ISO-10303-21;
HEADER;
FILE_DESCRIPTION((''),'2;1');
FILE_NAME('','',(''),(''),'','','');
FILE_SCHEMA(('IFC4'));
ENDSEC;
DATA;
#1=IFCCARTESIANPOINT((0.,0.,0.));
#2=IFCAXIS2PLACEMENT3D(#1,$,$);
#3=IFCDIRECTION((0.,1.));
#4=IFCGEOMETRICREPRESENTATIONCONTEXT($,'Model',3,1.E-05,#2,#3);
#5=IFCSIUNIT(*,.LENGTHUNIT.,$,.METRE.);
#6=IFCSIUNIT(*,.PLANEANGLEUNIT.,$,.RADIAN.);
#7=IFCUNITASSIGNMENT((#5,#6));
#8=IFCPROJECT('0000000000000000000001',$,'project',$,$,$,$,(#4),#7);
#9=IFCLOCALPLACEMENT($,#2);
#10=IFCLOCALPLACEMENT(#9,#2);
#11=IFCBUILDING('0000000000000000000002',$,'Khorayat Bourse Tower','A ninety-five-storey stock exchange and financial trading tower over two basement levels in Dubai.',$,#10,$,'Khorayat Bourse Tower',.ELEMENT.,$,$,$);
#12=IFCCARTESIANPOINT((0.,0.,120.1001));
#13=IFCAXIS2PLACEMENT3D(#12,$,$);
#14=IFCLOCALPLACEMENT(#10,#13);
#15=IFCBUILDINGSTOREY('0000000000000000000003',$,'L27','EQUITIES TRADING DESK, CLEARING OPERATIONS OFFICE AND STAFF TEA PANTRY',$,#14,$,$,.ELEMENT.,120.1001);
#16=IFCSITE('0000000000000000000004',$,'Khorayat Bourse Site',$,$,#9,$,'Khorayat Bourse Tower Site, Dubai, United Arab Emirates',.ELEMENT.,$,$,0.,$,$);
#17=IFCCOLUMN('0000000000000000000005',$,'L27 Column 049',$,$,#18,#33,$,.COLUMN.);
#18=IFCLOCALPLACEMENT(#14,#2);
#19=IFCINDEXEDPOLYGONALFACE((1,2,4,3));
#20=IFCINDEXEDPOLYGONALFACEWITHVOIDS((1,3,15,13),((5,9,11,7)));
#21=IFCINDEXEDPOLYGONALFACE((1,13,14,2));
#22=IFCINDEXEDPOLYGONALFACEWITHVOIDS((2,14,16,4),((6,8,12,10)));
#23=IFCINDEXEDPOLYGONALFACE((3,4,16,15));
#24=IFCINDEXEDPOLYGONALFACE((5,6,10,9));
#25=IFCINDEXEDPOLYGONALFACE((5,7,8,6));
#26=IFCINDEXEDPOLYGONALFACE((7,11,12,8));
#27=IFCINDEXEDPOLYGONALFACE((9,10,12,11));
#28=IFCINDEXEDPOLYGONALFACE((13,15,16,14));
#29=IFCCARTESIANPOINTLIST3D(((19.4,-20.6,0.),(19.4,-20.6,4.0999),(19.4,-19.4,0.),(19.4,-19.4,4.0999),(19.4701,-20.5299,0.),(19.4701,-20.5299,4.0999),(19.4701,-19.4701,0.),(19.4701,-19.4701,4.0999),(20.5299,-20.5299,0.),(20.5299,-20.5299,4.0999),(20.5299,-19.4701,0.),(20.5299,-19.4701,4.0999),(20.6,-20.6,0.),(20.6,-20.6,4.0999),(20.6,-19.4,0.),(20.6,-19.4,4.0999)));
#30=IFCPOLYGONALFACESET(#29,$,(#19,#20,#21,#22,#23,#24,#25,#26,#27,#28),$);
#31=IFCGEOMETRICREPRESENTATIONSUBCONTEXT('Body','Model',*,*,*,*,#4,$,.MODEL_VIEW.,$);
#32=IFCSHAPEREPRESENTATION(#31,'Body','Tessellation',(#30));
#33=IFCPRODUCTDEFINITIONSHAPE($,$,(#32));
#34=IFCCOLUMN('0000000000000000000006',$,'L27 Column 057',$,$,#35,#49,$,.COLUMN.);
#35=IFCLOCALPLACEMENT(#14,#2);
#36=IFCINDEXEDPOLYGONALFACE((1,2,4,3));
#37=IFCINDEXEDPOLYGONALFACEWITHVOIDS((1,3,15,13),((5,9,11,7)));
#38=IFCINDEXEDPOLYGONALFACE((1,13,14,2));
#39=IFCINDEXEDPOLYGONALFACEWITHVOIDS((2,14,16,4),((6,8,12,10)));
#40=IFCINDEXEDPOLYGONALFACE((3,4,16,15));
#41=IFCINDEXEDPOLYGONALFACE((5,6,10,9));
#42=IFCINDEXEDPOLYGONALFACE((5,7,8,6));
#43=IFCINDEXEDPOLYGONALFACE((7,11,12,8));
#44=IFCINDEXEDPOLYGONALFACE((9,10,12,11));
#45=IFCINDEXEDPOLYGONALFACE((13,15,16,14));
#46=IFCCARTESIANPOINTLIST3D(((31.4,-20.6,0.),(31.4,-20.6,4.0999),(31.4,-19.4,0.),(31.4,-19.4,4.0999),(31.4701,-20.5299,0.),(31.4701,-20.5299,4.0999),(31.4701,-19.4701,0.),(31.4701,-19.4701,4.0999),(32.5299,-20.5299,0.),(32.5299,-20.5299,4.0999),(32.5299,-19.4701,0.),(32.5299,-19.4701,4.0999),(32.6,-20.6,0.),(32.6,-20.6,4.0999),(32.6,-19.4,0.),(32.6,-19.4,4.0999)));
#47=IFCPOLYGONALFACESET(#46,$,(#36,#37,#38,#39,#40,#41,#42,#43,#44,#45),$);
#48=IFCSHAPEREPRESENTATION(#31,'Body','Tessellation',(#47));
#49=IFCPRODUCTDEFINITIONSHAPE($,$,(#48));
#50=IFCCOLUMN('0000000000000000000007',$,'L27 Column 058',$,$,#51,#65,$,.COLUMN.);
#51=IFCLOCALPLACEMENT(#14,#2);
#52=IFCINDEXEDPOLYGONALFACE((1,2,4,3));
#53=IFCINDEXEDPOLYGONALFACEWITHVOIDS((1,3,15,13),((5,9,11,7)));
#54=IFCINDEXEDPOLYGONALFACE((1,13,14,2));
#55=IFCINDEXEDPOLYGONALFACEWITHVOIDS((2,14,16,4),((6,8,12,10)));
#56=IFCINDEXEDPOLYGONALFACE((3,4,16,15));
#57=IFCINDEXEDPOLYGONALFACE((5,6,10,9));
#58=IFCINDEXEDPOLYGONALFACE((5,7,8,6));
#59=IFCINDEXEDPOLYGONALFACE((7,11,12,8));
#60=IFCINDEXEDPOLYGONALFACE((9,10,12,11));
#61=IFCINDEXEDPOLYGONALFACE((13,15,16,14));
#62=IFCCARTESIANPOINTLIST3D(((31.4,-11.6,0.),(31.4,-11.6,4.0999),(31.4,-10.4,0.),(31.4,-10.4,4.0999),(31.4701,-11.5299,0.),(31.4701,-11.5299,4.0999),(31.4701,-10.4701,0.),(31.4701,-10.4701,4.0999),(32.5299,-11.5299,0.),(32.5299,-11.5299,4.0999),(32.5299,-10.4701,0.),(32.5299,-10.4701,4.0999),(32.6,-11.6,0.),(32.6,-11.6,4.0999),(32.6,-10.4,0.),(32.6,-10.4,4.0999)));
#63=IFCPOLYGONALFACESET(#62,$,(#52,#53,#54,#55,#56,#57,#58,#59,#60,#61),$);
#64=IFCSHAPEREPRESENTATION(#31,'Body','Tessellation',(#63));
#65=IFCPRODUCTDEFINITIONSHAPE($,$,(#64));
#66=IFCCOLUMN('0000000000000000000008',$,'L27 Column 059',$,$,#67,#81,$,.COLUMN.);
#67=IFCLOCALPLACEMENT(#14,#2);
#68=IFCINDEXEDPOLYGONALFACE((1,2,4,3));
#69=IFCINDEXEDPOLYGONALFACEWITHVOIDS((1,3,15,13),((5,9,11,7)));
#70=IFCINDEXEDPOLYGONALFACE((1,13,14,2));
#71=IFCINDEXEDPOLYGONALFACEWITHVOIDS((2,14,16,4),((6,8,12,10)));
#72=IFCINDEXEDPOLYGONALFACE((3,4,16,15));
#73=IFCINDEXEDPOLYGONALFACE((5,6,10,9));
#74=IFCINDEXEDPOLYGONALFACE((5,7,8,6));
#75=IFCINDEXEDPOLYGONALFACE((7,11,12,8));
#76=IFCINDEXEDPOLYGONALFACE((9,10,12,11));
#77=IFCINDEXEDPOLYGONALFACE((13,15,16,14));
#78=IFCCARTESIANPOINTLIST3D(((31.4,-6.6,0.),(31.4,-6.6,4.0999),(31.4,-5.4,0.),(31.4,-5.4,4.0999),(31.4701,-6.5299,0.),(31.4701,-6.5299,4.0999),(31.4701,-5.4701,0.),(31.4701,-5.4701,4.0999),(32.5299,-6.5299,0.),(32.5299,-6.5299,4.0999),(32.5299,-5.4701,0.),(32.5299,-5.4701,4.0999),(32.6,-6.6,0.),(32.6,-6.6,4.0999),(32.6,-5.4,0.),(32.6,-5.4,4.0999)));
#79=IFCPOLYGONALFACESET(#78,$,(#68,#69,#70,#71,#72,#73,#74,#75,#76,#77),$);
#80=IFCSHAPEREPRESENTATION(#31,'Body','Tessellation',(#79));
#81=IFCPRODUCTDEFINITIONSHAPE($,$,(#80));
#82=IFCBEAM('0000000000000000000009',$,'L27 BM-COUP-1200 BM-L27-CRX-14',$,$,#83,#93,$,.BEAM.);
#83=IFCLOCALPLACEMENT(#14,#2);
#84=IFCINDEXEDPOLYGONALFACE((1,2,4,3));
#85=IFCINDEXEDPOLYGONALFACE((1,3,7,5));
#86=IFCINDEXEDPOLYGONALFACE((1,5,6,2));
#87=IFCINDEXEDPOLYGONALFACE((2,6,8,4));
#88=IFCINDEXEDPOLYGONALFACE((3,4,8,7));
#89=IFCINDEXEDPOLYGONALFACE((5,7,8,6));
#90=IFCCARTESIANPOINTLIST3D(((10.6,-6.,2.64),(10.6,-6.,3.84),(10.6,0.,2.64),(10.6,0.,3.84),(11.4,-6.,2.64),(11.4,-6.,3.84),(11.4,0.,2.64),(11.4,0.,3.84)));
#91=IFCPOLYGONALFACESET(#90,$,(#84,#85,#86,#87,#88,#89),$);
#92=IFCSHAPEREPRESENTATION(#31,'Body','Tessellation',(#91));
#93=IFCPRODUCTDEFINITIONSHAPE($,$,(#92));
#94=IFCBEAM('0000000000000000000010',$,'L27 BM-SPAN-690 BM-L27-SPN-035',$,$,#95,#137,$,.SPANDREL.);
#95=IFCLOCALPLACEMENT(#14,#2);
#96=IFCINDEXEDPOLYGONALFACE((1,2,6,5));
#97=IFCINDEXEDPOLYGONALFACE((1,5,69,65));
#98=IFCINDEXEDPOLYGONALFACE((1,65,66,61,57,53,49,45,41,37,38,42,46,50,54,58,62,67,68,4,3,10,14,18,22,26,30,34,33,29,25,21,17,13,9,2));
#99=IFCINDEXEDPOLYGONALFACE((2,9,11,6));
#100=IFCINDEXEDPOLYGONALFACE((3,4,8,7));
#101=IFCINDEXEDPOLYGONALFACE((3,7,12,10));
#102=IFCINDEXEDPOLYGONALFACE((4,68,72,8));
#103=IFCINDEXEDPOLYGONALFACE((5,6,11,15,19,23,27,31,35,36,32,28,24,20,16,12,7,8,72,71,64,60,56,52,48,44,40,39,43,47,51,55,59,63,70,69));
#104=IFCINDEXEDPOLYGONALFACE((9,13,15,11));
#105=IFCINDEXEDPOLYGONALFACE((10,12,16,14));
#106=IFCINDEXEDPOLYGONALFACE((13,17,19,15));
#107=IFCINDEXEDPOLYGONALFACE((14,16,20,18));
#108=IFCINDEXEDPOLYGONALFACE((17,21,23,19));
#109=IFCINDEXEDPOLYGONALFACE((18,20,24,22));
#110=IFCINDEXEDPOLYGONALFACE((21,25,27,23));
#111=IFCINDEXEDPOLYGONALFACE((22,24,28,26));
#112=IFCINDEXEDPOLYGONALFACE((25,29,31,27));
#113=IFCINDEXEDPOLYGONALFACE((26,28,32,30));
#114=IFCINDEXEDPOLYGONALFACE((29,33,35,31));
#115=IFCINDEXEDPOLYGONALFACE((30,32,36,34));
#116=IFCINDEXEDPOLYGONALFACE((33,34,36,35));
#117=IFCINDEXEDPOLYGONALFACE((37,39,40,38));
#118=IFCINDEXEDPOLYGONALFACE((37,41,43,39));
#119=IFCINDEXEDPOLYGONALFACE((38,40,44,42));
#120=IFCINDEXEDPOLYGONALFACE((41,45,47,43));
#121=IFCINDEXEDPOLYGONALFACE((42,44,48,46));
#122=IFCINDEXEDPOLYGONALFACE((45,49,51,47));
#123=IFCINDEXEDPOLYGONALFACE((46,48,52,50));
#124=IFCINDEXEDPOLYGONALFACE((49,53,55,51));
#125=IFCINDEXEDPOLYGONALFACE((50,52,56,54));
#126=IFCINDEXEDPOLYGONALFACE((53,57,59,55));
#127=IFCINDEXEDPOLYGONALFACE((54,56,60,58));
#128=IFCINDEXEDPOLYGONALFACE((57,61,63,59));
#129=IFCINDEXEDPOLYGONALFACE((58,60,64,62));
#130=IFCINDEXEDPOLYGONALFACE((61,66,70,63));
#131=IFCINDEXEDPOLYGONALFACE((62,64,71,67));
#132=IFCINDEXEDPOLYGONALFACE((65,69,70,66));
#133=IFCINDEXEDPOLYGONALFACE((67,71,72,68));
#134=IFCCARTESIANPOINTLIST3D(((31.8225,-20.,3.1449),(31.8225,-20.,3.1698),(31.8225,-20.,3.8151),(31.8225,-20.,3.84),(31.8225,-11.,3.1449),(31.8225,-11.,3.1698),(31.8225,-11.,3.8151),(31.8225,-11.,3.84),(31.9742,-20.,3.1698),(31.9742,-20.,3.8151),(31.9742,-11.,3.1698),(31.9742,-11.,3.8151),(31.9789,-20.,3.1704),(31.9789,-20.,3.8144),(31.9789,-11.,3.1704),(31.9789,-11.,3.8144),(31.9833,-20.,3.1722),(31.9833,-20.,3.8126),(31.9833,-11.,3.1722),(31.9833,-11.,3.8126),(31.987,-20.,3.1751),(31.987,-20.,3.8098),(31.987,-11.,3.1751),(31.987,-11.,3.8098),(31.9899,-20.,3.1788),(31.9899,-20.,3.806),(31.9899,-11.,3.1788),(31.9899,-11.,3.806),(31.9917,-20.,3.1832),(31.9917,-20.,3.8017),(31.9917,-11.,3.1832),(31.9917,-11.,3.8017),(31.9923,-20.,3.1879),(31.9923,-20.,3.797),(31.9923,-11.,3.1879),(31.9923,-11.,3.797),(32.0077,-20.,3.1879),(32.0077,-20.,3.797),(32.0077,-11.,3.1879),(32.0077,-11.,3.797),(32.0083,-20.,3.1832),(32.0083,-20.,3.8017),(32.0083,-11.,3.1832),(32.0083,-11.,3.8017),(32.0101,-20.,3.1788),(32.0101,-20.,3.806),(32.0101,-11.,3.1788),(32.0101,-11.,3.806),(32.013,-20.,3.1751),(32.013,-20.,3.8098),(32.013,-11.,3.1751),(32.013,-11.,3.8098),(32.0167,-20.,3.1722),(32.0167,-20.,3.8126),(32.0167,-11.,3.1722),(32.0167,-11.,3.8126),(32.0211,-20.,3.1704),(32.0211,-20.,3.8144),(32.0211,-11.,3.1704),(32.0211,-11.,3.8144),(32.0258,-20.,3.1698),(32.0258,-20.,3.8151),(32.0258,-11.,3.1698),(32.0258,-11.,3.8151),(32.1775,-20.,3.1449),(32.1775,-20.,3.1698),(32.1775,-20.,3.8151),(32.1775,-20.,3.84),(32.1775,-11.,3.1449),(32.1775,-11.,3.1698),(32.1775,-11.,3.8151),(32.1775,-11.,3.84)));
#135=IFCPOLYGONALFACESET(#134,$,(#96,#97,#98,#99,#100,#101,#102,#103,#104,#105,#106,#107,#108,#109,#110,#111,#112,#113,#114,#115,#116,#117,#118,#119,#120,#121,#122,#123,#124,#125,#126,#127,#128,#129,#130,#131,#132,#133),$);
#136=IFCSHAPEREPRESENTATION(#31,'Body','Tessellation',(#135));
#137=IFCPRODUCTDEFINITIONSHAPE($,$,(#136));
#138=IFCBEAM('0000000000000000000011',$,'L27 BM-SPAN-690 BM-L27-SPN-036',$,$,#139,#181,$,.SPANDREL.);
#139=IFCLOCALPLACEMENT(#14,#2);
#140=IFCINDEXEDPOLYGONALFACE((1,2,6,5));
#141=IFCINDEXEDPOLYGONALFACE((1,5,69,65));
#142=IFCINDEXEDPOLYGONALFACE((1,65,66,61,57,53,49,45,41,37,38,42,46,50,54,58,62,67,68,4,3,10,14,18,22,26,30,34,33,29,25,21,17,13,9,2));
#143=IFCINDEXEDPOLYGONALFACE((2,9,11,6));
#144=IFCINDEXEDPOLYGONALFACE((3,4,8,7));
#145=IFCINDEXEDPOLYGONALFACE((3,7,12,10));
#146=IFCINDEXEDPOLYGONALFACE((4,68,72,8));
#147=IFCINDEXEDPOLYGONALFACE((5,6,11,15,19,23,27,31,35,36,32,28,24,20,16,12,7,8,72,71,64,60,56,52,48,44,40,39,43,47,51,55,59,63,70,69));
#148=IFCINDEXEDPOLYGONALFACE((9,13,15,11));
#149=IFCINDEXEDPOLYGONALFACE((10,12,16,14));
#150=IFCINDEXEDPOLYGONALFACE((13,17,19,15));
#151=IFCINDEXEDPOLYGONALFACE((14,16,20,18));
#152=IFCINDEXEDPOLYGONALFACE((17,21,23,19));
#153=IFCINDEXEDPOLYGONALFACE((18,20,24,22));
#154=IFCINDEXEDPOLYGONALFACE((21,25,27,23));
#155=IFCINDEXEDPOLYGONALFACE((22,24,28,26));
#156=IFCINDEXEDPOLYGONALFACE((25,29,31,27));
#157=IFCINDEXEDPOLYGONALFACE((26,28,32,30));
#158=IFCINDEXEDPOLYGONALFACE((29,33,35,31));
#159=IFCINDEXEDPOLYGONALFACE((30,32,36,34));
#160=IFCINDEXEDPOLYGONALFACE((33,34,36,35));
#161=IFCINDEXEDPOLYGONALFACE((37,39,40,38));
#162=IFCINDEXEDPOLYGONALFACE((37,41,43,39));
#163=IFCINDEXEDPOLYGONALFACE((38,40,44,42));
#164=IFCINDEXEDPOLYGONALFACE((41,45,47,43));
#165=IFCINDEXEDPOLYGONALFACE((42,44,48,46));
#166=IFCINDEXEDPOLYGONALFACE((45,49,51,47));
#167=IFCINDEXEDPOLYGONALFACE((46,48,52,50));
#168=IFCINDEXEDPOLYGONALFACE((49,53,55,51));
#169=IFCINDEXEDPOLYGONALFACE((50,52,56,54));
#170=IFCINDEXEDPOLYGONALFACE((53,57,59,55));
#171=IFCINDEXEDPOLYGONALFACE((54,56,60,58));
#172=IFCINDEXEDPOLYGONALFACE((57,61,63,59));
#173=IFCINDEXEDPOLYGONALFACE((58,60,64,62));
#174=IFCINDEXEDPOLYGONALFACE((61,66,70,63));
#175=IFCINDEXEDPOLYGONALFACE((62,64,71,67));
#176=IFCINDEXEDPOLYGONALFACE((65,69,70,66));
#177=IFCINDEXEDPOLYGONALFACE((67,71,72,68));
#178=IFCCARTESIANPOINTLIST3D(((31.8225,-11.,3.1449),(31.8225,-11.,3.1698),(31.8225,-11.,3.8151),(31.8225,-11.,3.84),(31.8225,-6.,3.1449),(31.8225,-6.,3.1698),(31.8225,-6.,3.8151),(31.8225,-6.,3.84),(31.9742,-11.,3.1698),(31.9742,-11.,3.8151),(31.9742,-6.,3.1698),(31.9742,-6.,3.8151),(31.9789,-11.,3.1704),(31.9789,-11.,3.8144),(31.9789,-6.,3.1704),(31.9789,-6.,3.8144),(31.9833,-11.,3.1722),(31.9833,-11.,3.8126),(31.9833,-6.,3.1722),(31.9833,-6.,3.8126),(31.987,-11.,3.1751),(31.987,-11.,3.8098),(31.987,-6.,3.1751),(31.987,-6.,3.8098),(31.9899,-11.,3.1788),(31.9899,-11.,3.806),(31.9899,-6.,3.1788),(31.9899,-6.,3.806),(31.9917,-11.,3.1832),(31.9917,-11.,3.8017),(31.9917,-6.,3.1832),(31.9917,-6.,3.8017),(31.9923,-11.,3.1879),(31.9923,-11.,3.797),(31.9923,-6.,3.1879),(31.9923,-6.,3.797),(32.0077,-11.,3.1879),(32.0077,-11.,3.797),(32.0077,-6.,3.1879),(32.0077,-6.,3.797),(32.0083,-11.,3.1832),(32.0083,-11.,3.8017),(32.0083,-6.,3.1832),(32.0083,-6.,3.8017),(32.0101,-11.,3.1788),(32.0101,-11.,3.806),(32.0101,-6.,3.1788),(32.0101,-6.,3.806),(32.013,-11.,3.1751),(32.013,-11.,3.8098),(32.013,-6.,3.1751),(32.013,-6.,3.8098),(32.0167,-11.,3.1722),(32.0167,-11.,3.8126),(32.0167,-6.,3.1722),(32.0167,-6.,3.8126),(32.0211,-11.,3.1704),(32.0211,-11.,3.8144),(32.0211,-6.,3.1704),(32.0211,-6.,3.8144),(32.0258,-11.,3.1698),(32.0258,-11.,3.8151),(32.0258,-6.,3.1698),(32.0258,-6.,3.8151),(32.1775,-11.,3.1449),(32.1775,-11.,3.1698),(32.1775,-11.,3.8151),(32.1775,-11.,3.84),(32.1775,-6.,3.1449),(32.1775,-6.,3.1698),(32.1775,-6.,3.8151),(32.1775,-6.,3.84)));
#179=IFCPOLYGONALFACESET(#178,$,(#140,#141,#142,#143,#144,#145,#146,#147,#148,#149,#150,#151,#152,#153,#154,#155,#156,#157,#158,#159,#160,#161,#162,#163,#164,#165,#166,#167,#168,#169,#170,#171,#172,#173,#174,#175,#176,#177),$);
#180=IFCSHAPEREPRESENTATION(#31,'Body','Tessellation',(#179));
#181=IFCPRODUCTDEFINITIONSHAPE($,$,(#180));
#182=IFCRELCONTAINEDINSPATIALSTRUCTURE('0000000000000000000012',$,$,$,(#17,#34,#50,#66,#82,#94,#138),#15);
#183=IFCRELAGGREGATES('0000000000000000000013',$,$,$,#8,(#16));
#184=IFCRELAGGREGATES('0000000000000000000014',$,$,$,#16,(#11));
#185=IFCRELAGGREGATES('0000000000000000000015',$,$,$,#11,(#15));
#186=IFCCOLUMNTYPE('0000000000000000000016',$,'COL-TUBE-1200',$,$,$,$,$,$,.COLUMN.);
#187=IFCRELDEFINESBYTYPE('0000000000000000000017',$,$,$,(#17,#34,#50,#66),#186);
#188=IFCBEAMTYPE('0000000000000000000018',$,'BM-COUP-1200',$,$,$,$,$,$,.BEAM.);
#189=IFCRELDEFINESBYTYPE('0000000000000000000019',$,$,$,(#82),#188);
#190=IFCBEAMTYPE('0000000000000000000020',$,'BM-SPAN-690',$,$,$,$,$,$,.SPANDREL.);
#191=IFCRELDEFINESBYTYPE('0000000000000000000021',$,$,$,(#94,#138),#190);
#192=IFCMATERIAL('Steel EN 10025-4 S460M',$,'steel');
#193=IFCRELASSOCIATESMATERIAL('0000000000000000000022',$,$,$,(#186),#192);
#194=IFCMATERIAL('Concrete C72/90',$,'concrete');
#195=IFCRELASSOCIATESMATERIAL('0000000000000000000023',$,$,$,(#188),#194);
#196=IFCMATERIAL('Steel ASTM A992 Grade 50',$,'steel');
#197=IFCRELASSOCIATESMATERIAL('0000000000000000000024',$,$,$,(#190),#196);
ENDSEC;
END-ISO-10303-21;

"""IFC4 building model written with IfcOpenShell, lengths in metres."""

from ifc_helpers import new_model, si_unit, direction, frame, origin, origin_2d, place, context, subcontext, project, spatial, rectangle, hollow_rectangle, i_section, extrude, source, transform, mapped, material, material_profile, profile_set, type_object, element, save


model = new_model("IFC4")

# Units and contexts
model_context = context("Model", 3, precision=1e-05, world=origin(), true_north=direction((0.0, 1.0)))
body_context = subcontext(model_context, "Body", "Model", "MODEL_VIEW")
ifc_project = project(units=[si_unit("LENGTHUNIT", "METRE"), si_unit("PLANEANGLEUNIT", "RADIAN")], contexts=[model_context])

# Site, building, storey
site_placement = place(None, origin())
site = spatial("IfcSite", under=ifc_project, at=site_placement, Name="Khorayat Bourse Site", LongName="Khorayat Bourse Tower Site, Dubai, United Arab Emirates", CompositionType="ELEMENT", RefElevation=0.0)
building_placement = place(site_placement, origin())
building = spatial("IfcBuilding", under=site, at=building_placement, Name="Khorayat Bourse Tower", Description="A ninety-five-storey stock exchange and financial trading tower over two basement levels in Dubai.", LongName="Khorayat Bourse Tower", CompositionType="ELEMENT")
storey_placement = place(building_placement, frame((0.0, 0.0, 120.1001)))
storey = spatial("IfcBuildingStorey", under=building, at=storey_placement, Name="L27", Description="EQUITIES TRADING DESK, CLEARING OPERATIONS OFFICE AND STAFF TEA PANTRY", CompositionType="ELEMENT", Elevation=120.1001)

# Columns
ifc_material_1 = material(Name="Steel EN 10025-4 S460M", Category="steel")
ifc_material_profile_1 = material_profile(ifc_material_1, hollow_rectangle(XDim=1.2, YDim=1.2, WallThickness=0.0701, at=origin_2d()), Name="BOX 1200x1200x70")
ifc_profile_set_1 = profile_set([ifc_material_profile_1], Name="Steel EN 10025-4 S460M")
column_type = type_object("IfcColumnType", Name="COL-TUBE-1200", PredefinedType="COLUMN", material=ifc_profile_set_1)
shared_shape_1 = source(origin(), body_context, "Body", "SweptSolid", [
    extrude(hollow_rectangle(XDim=1.2, YDim=1.2, WallThickness=0.0701, at=origin_2d()), origin(), (0.0, 0.0, 1.0), 4.0999),
])
for number, where, z_axis, x_axis, name in (
    (1, (20.0, -20.0, 0.0), (0.0, 0.0, 1.0), (1.0, 0.0, 0.0), "L27 Column 049"),
    (2, (32.0, -20.0, 0.0), (0.0, 0.0, 1.0), (1.0, 0.0, 0.0), "L27 Column 057"),
    (3, (32.0, -11.0, 0.0), (0.0, 0.0, 1.0), (1.0, 0.0, 0.0), "L27 Column 058"),
    (4, (32.0, -6.0, 0.0), (0.0, 0.0, 1.0), (1.0, 0.0, 0.0), "L27 Column 059"),
):
    element("IfcColumn", number, at=place(storey_placement, frame(where, z_axis=z_axis, x_axis=x_axis)), inside=storey, type_object=column_type, Name=name, PredefinedType="COLUMN", context=body_context, shape_type="MappedRepresentation", body=[
        mapped(shared_shape_1, transform((0.0, 0.0, 0.0), scale=1.0)),
    ])

# Beams
ifc_material_2 = material(Name="Concrete C72/90", Category="concrete")
ifc_material_profile_2 = material_profile(ifc_material_2, rectangle(XDim=0.8, YDim=1.2, at=origin_2d()), Name="RC 800x1200")
ifc_profile_set_2 = profile_set([ifc_material_profile_2], Name="Concrete C72/90")
beam_type_1 = type_object("IfcBeamType", Name="BM-COUP-1200", PredefinedType="BEAM", material=ifc_profile_set_2)
shared_shape_2 = source(origin(), body_context, "Body", "SweptSolid", [
    extrude(rectangle(XDim=0.8, YDim=1.2, at=origin_2d()), origin(), (0.0, 0.0, 1.0), 6.0),
])
beam_1_placement = place(storey_placement, frame((11.0, -6.0, 3.24), z_axis=(0.0, 1.0, 0.0), x_axis=(-1.0, 0.0, 0.0)))
element("IfcBeam", 5, at=beam_1_placement, inside=storey, type_object=beam_type_1, Name="L27 BM-COUP-1200 BM-L27-CRX-14", PredefinedType="BEAM", context=body_context, shape_type="MappedRepresentation", body=[
    mapped(shared_shape_2, transform((0.0, 0.0, 0.0), scale=1.0)),
])
ifc_material_3 = material(Name="Steel ASTM A992 Grade 50", Category="steel")
ifc_material_profile_3 = material_profile(ifc_material_3, i_section(OverallWidth=0.355, OverallDepth=0.6951, WebThickness=0.0154, FlangeThickness=0.0249, FilletRadius=0.0181, at=origin_2d()), Name="W690X217")
ifc_profile_set_3 = profile_set([ifc_material_profile_3], Name="Steel ASTM A992 Grade 50")
beam_type_2 = type_object("IfcBeamType", Name="BM-SPAN-690", PredefinedType="SPANDREL", material=ifc_profile_set_3)
shared_shape_3 = source(origin(), body_context, "Body", "SweptSolid", [
    extrude(i_section(OverallWidth=0.355, OverallDepth=0.6951, WebThickness=0.0154, FlangeThickness=0.0249, FilletRadius=0.0181, at=origin_2d()), origin(), (0.0, 0.0, 1.0), 9.0),
])
beam_2_placement = place(storey_placement, frame((32.0, -20.0, 3.4924), z_axis=(0.0, 1.0, 0.0), x_axis=(-1.0, 0.0, 0.0)))
element("IfcBeam", 6, at=beam_2_placement, inside=storey, type_object=beam_type_2, Name="L27 BM-SPAN-690 BM-L27-SPN-035", PredefinedType="SPANDREL", context=body_context, shape_type="MappedRepresentation", body=[
    mapped(shared_shape_3, transform((0.0, 0.0, 0.0), scale=1.0)),
])
shared_shape_4 = source(origin(), body_context, "Body", "SweptSolid", [
    extrude(i_section(OverallWidth=0.355, OverallDepth=0.6951, WebThickness=0.0154, FlangeThickness=0.0249, FilletRadius=0.0181, at=origin_2d()), origin(), (0.0, 0.0, 1.0), 5.0),
])
beam_3_placement = place(storey_placement, frame((32.0, -11.0, 3.4924), z_axis=(0.0, 1.0, 0.0), x_axis=(-1.0, 0.0, 0.0)))
element("IfcBeam", 7, at=beam_3_placement, inside=storey, type_object=beam_type_2, Name="L27 BM-SPAN-690 BM-L27-SPN-036", PredefinedType="SPANDREL", context=body_context, shape_type="MappedRepresentation", body=[
    mapped(shared_shape_4, transform((0.0, 0.0, 0.0), scale=1.0)),
])

save(model, "model.ifc")
